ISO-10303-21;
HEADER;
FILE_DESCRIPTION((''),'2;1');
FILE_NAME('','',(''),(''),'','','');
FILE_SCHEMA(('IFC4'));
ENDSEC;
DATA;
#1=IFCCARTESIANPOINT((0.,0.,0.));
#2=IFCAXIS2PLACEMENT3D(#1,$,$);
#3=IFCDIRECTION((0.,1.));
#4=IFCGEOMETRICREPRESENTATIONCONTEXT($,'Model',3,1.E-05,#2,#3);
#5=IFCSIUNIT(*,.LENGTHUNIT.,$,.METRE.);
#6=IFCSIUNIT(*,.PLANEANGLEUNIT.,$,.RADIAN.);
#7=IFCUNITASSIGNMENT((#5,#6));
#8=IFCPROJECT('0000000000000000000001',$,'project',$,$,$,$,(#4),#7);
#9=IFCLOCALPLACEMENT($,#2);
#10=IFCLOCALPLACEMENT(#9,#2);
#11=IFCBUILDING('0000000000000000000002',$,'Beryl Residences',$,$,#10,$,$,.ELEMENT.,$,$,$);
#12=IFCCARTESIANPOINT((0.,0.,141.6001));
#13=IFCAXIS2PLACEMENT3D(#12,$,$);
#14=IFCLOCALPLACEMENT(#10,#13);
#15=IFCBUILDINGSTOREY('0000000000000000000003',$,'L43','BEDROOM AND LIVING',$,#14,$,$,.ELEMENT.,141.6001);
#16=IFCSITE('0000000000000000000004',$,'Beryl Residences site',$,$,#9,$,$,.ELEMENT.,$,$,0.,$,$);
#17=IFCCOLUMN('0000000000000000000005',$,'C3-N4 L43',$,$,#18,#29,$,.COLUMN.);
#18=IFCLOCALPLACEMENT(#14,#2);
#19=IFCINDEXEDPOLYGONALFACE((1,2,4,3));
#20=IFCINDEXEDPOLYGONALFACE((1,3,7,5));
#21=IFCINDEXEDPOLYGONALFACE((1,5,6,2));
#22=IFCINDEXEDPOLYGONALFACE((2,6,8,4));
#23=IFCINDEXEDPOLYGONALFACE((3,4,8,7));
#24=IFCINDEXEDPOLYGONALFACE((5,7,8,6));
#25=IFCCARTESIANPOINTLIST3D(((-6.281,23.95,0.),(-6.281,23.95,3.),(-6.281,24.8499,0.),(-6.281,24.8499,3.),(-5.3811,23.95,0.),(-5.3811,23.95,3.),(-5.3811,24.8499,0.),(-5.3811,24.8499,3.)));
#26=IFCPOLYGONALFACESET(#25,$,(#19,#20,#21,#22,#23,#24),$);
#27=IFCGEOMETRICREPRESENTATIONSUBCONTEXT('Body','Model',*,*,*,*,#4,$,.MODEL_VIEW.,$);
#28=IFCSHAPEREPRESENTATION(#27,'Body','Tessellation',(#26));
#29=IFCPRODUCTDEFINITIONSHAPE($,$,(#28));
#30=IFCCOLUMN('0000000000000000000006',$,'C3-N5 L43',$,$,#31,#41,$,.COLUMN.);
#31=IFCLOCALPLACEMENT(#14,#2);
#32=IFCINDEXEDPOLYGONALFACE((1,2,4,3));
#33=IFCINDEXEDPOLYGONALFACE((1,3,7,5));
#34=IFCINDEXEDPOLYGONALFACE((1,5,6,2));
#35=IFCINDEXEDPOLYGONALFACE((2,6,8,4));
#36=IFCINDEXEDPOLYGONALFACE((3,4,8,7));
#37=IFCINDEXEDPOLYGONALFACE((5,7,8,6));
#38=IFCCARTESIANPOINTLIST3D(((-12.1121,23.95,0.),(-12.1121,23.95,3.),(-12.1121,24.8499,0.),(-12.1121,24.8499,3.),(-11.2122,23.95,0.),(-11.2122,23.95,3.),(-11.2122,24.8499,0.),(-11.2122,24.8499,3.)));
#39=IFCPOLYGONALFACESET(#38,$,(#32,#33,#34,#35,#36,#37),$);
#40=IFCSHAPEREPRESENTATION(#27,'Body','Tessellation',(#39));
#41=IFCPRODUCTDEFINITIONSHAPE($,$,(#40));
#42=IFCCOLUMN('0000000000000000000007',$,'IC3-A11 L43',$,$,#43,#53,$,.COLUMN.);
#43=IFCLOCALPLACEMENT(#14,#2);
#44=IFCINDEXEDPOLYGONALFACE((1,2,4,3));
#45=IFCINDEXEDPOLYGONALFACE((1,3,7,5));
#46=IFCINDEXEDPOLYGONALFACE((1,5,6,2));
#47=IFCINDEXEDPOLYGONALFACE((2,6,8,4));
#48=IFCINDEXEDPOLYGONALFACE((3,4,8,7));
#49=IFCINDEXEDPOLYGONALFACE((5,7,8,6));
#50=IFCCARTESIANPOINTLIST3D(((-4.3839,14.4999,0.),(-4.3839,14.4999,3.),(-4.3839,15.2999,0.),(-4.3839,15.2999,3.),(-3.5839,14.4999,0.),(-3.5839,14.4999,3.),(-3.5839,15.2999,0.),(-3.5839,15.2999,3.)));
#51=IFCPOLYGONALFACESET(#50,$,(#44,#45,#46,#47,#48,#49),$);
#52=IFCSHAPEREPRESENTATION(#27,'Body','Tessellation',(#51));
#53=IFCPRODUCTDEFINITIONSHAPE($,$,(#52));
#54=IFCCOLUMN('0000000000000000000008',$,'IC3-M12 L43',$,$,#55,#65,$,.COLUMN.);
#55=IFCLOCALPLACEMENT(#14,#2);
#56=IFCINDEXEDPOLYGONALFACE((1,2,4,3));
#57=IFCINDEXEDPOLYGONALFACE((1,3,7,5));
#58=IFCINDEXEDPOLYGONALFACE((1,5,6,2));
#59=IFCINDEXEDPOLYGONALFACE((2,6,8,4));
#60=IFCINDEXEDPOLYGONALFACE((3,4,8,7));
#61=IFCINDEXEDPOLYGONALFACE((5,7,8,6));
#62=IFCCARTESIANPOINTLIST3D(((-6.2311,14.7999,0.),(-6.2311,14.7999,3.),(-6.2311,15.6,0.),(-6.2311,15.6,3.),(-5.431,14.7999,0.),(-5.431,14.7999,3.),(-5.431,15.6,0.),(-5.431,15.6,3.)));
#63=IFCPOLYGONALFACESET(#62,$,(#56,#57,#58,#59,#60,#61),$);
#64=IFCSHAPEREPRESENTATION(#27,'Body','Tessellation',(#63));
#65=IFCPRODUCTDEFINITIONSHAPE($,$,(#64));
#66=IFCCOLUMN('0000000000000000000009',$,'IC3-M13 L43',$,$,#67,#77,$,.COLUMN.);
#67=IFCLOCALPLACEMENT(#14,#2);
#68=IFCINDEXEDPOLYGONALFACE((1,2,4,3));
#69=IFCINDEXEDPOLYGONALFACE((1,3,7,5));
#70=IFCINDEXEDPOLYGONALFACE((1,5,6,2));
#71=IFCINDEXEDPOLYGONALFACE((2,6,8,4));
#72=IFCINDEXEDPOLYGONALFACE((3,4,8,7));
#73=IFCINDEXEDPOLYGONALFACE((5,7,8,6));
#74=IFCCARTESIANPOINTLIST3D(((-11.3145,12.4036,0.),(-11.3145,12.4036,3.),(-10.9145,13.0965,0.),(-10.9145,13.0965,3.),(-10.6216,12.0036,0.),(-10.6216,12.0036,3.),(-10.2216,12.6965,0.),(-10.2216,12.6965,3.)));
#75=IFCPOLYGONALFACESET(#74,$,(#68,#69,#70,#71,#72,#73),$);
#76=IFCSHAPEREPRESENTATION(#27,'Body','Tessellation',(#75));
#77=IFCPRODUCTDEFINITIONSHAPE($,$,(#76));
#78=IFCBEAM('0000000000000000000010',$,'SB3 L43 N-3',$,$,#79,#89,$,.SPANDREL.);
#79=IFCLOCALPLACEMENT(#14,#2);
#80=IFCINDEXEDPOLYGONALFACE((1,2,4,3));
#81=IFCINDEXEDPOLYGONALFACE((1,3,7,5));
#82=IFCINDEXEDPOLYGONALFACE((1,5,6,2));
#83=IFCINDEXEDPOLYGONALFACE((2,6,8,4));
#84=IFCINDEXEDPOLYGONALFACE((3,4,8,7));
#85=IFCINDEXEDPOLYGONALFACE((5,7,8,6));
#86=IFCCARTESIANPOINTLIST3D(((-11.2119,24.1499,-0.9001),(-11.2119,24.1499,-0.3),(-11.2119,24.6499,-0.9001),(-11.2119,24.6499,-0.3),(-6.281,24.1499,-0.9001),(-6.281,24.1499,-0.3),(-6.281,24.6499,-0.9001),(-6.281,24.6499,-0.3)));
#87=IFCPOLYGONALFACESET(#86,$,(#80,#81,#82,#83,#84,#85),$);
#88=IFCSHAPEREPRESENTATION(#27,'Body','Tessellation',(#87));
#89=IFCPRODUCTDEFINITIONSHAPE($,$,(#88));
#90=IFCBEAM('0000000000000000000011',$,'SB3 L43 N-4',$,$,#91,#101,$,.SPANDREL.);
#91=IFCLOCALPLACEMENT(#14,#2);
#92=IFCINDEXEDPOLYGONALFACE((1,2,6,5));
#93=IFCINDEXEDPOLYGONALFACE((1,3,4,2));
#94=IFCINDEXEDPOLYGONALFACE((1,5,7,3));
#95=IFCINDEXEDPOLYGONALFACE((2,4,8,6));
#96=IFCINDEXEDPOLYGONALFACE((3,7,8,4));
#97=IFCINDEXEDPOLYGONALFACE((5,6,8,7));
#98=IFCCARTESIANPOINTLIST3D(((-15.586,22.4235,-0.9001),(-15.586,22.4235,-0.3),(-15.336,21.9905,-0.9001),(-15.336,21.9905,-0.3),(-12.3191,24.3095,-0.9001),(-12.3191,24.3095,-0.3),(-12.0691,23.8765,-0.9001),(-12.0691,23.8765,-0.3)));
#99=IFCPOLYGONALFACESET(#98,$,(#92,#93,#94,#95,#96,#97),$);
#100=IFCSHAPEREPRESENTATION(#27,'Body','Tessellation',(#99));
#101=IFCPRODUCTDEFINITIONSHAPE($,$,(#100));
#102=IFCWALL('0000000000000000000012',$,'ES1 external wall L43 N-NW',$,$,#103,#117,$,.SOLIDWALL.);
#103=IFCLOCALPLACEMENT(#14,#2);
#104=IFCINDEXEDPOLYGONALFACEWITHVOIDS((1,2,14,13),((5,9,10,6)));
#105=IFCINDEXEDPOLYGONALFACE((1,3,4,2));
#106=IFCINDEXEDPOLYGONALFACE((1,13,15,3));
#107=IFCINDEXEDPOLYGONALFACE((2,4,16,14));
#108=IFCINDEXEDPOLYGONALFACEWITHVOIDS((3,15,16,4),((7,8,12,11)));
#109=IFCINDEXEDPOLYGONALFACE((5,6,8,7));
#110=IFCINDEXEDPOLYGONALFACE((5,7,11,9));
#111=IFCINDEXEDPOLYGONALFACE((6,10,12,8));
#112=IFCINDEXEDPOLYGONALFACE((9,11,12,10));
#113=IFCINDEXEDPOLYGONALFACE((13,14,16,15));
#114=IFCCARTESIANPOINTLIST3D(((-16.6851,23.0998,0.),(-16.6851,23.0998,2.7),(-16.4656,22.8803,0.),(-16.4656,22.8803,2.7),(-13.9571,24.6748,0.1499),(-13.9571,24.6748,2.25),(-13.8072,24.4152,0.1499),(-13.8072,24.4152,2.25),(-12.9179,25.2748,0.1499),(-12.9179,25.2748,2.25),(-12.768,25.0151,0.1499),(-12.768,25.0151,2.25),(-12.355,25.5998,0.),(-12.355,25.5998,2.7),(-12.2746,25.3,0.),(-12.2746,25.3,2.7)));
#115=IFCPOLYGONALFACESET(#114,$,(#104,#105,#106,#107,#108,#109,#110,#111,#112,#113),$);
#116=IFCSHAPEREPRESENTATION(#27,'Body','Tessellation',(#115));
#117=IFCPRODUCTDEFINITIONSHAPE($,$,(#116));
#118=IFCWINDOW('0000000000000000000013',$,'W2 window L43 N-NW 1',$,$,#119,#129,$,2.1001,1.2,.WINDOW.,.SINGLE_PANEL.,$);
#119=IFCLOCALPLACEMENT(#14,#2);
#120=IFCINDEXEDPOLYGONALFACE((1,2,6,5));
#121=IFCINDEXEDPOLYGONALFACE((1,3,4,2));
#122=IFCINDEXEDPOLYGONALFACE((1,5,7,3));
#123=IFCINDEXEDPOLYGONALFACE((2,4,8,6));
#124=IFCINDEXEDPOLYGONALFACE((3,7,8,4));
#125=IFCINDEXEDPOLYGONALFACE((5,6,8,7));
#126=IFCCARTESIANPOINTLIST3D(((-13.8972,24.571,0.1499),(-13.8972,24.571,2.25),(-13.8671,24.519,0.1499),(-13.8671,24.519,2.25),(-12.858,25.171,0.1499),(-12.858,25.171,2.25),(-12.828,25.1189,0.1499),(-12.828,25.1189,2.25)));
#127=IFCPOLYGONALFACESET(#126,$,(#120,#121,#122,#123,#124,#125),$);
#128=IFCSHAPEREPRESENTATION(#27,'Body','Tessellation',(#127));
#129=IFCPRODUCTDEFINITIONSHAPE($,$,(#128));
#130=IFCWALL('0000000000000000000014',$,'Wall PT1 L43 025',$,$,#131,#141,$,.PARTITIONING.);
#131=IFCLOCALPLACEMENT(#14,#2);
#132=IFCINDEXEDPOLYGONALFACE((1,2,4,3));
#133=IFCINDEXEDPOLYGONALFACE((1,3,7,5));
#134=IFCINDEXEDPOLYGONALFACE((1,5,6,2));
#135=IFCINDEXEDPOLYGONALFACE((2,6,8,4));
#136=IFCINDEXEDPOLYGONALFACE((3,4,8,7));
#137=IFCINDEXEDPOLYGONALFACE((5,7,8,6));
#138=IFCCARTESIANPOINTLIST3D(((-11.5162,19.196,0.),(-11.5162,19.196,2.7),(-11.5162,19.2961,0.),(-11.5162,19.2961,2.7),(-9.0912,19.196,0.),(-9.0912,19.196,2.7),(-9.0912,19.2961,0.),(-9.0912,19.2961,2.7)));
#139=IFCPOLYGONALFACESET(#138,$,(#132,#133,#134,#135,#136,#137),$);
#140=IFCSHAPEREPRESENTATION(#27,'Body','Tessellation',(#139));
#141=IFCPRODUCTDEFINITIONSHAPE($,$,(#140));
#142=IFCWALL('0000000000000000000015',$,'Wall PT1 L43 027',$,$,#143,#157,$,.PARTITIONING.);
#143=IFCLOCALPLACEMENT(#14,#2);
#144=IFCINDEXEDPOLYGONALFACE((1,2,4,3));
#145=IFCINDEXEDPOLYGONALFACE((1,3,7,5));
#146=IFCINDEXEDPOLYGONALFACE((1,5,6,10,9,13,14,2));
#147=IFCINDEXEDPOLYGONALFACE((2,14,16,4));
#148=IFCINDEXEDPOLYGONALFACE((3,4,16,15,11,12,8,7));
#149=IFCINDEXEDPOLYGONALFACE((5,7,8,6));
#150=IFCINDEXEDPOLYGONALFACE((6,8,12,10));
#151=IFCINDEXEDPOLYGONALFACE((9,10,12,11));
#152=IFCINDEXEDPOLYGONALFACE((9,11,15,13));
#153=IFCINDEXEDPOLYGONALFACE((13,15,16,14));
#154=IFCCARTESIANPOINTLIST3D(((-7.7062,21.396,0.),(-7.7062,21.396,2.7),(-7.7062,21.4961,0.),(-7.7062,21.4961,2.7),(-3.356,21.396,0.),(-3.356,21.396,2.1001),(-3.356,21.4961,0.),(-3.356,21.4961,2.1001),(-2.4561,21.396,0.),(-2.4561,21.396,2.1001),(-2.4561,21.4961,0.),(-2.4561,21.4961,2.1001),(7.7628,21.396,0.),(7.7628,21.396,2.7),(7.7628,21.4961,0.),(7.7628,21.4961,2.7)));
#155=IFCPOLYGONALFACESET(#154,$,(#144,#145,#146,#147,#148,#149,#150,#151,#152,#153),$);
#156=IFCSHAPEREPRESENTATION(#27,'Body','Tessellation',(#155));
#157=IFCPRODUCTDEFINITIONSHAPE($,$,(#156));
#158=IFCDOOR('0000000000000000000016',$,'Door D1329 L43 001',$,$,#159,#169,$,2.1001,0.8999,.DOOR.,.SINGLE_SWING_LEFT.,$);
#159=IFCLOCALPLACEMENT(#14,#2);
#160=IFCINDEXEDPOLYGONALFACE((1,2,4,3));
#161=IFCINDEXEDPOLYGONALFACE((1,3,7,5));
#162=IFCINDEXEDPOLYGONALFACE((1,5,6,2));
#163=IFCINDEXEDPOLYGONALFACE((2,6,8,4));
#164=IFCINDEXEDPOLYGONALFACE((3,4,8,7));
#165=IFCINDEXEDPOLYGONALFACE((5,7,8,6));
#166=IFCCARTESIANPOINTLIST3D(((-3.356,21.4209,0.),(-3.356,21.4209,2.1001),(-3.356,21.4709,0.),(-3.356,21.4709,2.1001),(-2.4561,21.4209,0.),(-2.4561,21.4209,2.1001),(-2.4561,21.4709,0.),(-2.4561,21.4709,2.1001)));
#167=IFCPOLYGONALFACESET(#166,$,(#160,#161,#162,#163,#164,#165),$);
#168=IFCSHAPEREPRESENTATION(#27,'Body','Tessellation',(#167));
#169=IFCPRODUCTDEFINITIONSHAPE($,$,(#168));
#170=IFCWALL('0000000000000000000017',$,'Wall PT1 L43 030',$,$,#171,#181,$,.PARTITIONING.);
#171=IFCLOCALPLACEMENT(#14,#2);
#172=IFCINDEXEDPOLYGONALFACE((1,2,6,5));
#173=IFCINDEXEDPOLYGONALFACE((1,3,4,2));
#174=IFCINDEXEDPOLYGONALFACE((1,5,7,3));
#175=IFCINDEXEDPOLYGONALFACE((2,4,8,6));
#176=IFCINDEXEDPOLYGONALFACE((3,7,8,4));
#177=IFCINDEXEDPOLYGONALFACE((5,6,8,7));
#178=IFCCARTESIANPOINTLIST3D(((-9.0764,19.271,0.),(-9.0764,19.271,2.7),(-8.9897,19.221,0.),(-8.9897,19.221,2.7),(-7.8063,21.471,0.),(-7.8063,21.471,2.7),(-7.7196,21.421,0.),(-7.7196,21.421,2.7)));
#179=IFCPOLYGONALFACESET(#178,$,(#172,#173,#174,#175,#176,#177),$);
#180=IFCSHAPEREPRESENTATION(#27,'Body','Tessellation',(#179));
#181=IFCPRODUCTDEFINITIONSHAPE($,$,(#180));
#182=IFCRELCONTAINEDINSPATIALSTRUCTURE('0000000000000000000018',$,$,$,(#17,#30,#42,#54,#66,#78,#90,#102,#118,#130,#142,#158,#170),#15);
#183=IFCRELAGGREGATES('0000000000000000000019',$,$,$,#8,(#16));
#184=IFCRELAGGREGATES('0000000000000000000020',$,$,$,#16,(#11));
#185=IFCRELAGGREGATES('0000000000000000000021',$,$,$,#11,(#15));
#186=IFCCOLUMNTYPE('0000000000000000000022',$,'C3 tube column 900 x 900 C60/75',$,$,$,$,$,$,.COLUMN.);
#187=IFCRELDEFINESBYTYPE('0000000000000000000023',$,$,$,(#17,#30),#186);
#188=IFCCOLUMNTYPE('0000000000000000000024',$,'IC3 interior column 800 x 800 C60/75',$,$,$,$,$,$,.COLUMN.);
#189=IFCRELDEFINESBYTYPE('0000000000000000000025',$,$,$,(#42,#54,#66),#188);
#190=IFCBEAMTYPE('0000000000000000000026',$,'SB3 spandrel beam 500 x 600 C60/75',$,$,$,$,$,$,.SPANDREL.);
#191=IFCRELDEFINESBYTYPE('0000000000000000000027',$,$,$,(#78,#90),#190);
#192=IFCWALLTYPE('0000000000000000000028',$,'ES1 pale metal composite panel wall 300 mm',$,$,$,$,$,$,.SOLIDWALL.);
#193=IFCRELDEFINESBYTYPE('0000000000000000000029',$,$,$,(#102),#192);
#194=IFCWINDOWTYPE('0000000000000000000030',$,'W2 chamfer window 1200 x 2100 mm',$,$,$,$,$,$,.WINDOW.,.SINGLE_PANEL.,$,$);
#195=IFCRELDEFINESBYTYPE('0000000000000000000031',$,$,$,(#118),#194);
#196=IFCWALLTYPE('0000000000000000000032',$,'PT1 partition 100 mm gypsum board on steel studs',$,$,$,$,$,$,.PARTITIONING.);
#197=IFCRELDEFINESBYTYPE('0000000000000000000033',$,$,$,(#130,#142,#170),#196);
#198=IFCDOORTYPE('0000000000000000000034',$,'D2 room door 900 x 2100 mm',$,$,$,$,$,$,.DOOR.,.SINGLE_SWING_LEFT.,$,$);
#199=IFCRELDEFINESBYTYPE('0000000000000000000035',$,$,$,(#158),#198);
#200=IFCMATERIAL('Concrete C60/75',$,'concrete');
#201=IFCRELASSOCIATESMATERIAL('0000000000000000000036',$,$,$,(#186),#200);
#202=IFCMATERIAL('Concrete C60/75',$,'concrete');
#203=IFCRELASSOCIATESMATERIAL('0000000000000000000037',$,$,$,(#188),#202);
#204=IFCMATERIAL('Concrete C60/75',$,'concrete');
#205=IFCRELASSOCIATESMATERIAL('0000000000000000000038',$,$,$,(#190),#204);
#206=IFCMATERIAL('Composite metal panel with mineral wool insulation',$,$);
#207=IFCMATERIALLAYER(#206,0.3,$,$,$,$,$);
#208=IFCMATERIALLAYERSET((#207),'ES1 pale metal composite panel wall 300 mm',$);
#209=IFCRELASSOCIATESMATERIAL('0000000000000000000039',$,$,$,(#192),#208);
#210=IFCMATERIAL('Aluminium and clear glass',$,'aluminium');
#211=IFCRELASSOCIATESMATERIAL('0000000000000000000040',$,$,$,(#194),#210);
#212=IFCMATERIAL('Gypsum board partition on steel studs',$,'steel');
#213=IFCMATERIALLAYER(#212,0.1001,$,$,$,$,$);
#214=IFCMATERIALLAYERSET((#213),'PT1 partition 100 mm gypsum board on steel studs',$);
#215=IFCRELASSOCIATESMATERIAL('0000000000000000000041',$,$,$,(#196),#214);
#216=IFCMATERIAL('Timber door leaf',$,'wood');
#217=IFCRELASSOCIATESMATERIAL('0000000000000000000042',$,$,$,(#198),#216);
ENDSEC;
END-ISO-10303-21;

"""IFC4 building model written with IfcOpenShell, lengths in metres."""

from ifc_helpers import new_model, si_unit, direction, frame, frame_2d, origin, origin_2d, place, context, subcontext, project, spatial, polyline, rectangle, outline, extrude, material, layer, layer_set, material_profile, profile_set, type_object, element, fill, save


model = new_model("IFC4")

# Units and contexts
model_context = context("Model", 3, precision=1e-05, world=origin(), true_north=direction((0.0, 1.0)))
body_context = subcontext(model_context, "Body", "Model", "MODEL_VIEW")
ifc_project = project(units=[si_unit("LENGTHUNIT", "METRE"), si_unit("PLANEANGLEUNIT", "RADIAN")], contexts=[model_context])

# Site, building, storey
site_placement = place(None, origin())
site = spatial("IfcSite", under=ifc_project, at=site_placement, Name="Beryl Residences site", CompositionType="ELEMENT", RefElevation=0.0)
building_placement = place(site_placement, origin())
building = spatial("IfcBuilding", under=site, at=building_placement, Name="Beryl Residences", CompositionType="ELEMENT")
storey_placement = place(building_placement, frame((0.0, 0.0, 141.6001)))
storey = spatial("IfcBuildingStorey", under=building, at=storey_placement, Name="L43", Description="BEDROOM AND LIVING", CompositionType="ELEMENT", Elevation=141.6001)

# Columns
ifc_material_1 = material(Name="Concrete C60/75", Category="concrete")
ifc_material_profile_1 = material_profile(ifc_material_1, rectangle(XDim=0.8999, YDim=0.8999, at=origin_2d()))
ifc_profile_set_1 = profile_set([ifc_material_profile_1], Name="Concrete C60/75")
column_type_1 = type_object("IfcColumnType", Name="C3 tube column 900 x 900 C60/75", PredefinedType="COLUMN", material=ifc_profile_set_1)
for number, where, z_axis, x_axis, name in (
    (1, (-5.8311, 24.3999, 0.0), (0.0, 0.0, 1.0), (-1.0, 0.0, 0.0), "C3-N4 L43"),
    (2, (-11.6621, 24.3999, 0.0), (0.0, 0.0, 1.0), (-1.0, 0.0, 0.0), "C3-N5 L43"),
):
    element("IfcColumn", number, at=place(storey_placement, frame(where, z_axis=z_axis, x_axis=x_axis)), inside=storey, type_object=column_type_1, Name=name, PredefinedType="COLUMN", context=body_context, shape_type="SweptSolid", body=[
        extrude(rectangle(XDim=0.8999, YDim=0.8999, at=origin_2d()), origin(), (0.0, 0.0, 1.0), 3.0),
    ])
ifc_material_2 = material(Name="Concrete C60/75", Category="concrete")
ifc_material_profile_2 = material_profile(ifc_material_2, rectangle(XDim=0.8, YDim=0.8, at=origin_2d()))
ifc_profile_set_2 = profile_set([ifc_material_profile_2], Name="Concrete C60/75")
column_type_2 = type_object("IfcColumnType", Name="IC3 interior column 800 x 800 C60/75", PredefinedType="COLUMN", material=ifc_profile_set_2)
for number, where, z_axis, x_axis, name in (
    (3, (-3.9839, 14.8999, 0.0), (0.0, 0.0, 1.0), (1.0, 0.0, 0.0), "IC3-A11 L43"),
    (4, (-5.8311, 15.2, 0.0), (0.0, 0.0, 1.0), (-1.0, 0.0, 0.0), "IC3-M12 L43"),
    (5, (-10.7681, 12.55, 0.0), (0.0, 0.0, 1.0), (-0.5, -0.866025, 0.0), "IC3-M13 L43"),
):
    element("IfcColumn", number, at=place(storey_placement, frame(where, z_axis=z_axis, x_axis=x_axis)), inside=storey, type_object=column_type_2, Name=name, PredefinedType="COLUMN", context=body_context, shape_type="SweptSolid", body=[
        extrude(rectangle(XDim=0.8, YDim=0.8, at=origin_2d()), origin(), (0.0, 0.0, 1.0), 3.0),
    ])

# Beams
ifc_material_3 = material(Name="Concrete C60/75", Category="concrete")
ifc_material_profile_3 = material_profile(ifc_material_3, rectangle(XDim=0.5, YDim=0.6001, at=origin_2d()))
ifc_profile_set_3 = profile_set([ifc_material_profile_3], Name="Concrete C60/75")
beam_type = type_object("IfcBeamType", Name="SB3 spandrel beam 500 x 600 C60/75", PredefinedType="SPANDREL", material=ifc_profile_set_3)
beam_1_placement = place(storey_placement, frame((-6.281, 24.3999, -0.6001), z_axis=(-1.0, 0.0, 0.0), x_axis=(0.0, -1.0, 0.0)))
element("IfcBeam", 6, at=beam_1_placement, inside=storey, type_object=beam_type, Name="SB3 L43 N-3", PredefinedType="SPANDREL", context=body_context, shape_type="SweptSolid", body=[
    extrude(rectangle(XDim=0.5, YDim=0.6001, at=origin_2d()), origin(), (0.0, 0.0, 1.0), 4.9309),
])
beam_2_placement = place(storey_placement, frame((-12.1941, 24.093, -0.6001), z_axis=(-0.86604, -0.499975, 0.0), x_axis=(0.499975, -0.86604, 0.0)))
element("IfcBeam", 7, at=beam_2_placement, inside=storey, type_object=beam_type, Name="SB3 L43 N-4", PredefinedType="SPANDREL", context=body_context, shape_type="SweptSolid", body=[
    extrude(rectangle(XDim=0.5, YDim=0.6001, at=origin_2d()), origin(), (0.0, 0.0, 1.0), 3.7722),
])

# Wall, opening, window
ifc_material_4 = material(Name="Composite metal panel with mineral wool insulation")
ifc_layer_1 = layer(ifc_material_4, 0.3)
ifc_layer_set_1 = layer_set([ifc_layer_1], Name="ES1 pale metal composite panel wall 300 mm")
wall_type_1 = type_object("IfcWallType", Name="ES1 pale metal composite panel wall 300 mm", PredefinedType="SOLIDWALL", material=ifc_layer_set_1)
wall_1_placement = place(storey_placement, frame((-12.28, 25.47, 0.0), z_axis=(0.0, 0.0, 1.0), x_axis=(-0.866023, -0.500004, 0.0)))
wall_1 = element("IfcWall", 8, at=wall_1_placement, inside=storey, type_object=wall_type_1, Name="ES1 external wall L43 N-NW", PredefinedType="SOLIDWALL", context=body_context, shape_type="SweptSolid", body=[
    extrude(outline(polyline([(0.0, -0.1499), (5.0, -0.1499), (4.9197, 0.1499), (0.0803, 0.1499), (0.0, -0.1499)])), origin(), (0.0, 0.0, 1.0), 2.7),
])
opening_1_placement = place(wall_1_placement, frame((0.6499, 0.0, 0.1499)))
opening_1 = element("IfcOpeningElement", 9, at=opening_1_placement, cuts=wall_1, PredefinedType="OPENING", context=body_context, shape_type="SweptSolid", body=[
    extrude(rectangle(XDim=1.2, YDim=2.1001, at=frame_2d((0.6001, 1.05))), frame((0.0, 0.1599, 0.0), z_axis=(0.0, -1.0, 0.0), x_axis=(1.0, 0.0, 0.0)), (0.0, 0.0, 1.0), 0.3201),
])
ifc_material_5 = material(Name="Aluminium and clear glass", Category="aluminium")
window_type = type_object("IfcWindowType", Name="W2 chamfer window 1200 x 2100 mm", PartitioningType="SINGLE_PANEL", PredefinedType="WINDOW", material=ifc_material_5)
window_placement = place(opening_1_placement, origin())
window = element("IfcWindow", 10, at=window_placement, inside=storey, type_object=window_type, Name="W2 window L43 N-NW 1", OverallHeight=2.1001, OverallWidth=1.2, PartitioningType="SINGLE_PANEL", PredefinedType="WINDOW", context=body_context, shape_type="SweptSolid", body=[
    extrude(rectangle(XDim=1.2, YDim=2.1001, at=frame_2d((0.6001, 1.05))), frame((0.0, 0.03, 0.0), z_axis=(0.0, -1.0, 0.0), x_axis=(1.0, 0.0, 0.0)), (0.0, 0.0, 1.0), 0.0601),
])
fill(opening_1, window)

# Wall
ifc_material_6 = material(Name="Gypsum board partition on steel studs", Category="steel")
ifc_layer_2 = layer(ifc_material_6, 0.1001)
ifc_layer_set_2 = layer_set([ifc_layer_2], Name="PT1 partition 100 mm gypsum board on steel studs")
wall_type_2 = type_object("IfcWallType", Name="PT1 partition 100 mm gypsum board on steel studs", PredefinedType="PARTITIONING", material=ifc_layer_set_2)
wall_2_placement = place(storey_placement, frame((-11.5161, 19.2461, 0.0), z_axis=(0.0, 0.0, 1.0), x_axis=(1.0, 0.0, 0.0)))
element("IfcWall", 11, at=wall_2_placement, inside=storey, type_object=wall_type_2, Name="Wall PT1 L43 025", PredefinedType="PARTITIONING", context=body_context, shape_type="SweptSolid", body=[
    extrude(rectangle(XDim=2.425, YDim=0.1001, at=frame_2d((1.2124, 0.0))), origin(), (0.0, 0.0, 1.0), 2.7),
])

# Wall, opening, door
wall_3_placement = place(storey_placement, frame((-7.7061, 21.446, 0.0), z_axis=(0.0, 0.0, 1.0), x_axis=(1.0, 0.0, 0.0)))
wall_3 = element("IfcWall", 12, at=wall_3_placement, inside=storey, type_object=wall_type_2, Name="Wall PT1 L43 027", PredefinedType="PARTITIONING", context=body_context, shape_type="SweptSolid", body=[
    extrude(rectangle(XDim=15.469, YDim=0.1001, at=frame_2d((7.7344, 0.0))), origin(), (0.0, 0.0, 1.0), 2.7),
])
opening_2_placement = place(wall_3_placement, frame((4.3501, 0.0, 0.0)))
opening_2 = element("IfcOpeningElement", 13, at=opening_2_placement, cuts=wall_3, PredefinedType="OPENING", context=body_context, shape_type="SweptSolid", body=[
    extrude(rectangle(XDim=0.8999, YDim=2.1001, at=frame_2d((0.45, 1.05))), frame((0.0, 0.0601, 0.0), z_axis=(0.0, -1.0, 0.0), x_axis=(1.0, 0.0, 0.0)), (0.0, 0.0, 1.0), 0.1201),
])
ifc_material_7 = material(Name="Timber door leaf", Category="wood")
door_type_1 = type_object("IfcDoorType", Name="D2 room door 900 x 2100 mm", OperationType="SINGLE_SWING_LEFT", PredefinedType="DOOR", material=ifc_material_7)
door_1_placement = place(opening_2_placement, origin())
door_1 = element("IfcDoor", 14, at=door_1_placement, inside=storey, type_object=door_type_1, Name="Door D1329 L43 001", OperationType="SINGLE_SWING_LEFT", OverallHeight=2.1001, OverallWidth=0.8999, PredefinedType="DOOR", context=body_context, shape_type="SweptSolid", body=[
    extrude(rectangle(XDim=0.8999, YDim=2.1001, at=frame_2d((0.45, 1.05))), frame((0.0, 0.0249, 0.0), z_axis=(0.0, -1.0, 0.0), x_axis=(1.0, 0.0, 0.0)), (0.0, 0.0, 1.0), 0.05),
])
fill(opening_2, door_1)

# Wall
wall_4_placement = place(storey_placement, frame((-9.033, 19.2461, 0.0), z_axis=(0.0, 0.0, 1.0), x_axis=(0.499964, 0.866046, 0.0)))
element("IfcWall", 15, at=wall_4_placement, inside=storey, type_object=wall_type_2, Name="Wall PT1 L43 030", PredefinedType="PARTITIONING", context=body_context, shape_type="SweptSolid", body=[
    extrude(rectangle(XDim=2.5403, YDim=0.1001, at=frame_2d((1.27, 0.0))), origin(), (0.0, 0.0, 1.0), 2.7),
])

save(model, "model.ifc")
